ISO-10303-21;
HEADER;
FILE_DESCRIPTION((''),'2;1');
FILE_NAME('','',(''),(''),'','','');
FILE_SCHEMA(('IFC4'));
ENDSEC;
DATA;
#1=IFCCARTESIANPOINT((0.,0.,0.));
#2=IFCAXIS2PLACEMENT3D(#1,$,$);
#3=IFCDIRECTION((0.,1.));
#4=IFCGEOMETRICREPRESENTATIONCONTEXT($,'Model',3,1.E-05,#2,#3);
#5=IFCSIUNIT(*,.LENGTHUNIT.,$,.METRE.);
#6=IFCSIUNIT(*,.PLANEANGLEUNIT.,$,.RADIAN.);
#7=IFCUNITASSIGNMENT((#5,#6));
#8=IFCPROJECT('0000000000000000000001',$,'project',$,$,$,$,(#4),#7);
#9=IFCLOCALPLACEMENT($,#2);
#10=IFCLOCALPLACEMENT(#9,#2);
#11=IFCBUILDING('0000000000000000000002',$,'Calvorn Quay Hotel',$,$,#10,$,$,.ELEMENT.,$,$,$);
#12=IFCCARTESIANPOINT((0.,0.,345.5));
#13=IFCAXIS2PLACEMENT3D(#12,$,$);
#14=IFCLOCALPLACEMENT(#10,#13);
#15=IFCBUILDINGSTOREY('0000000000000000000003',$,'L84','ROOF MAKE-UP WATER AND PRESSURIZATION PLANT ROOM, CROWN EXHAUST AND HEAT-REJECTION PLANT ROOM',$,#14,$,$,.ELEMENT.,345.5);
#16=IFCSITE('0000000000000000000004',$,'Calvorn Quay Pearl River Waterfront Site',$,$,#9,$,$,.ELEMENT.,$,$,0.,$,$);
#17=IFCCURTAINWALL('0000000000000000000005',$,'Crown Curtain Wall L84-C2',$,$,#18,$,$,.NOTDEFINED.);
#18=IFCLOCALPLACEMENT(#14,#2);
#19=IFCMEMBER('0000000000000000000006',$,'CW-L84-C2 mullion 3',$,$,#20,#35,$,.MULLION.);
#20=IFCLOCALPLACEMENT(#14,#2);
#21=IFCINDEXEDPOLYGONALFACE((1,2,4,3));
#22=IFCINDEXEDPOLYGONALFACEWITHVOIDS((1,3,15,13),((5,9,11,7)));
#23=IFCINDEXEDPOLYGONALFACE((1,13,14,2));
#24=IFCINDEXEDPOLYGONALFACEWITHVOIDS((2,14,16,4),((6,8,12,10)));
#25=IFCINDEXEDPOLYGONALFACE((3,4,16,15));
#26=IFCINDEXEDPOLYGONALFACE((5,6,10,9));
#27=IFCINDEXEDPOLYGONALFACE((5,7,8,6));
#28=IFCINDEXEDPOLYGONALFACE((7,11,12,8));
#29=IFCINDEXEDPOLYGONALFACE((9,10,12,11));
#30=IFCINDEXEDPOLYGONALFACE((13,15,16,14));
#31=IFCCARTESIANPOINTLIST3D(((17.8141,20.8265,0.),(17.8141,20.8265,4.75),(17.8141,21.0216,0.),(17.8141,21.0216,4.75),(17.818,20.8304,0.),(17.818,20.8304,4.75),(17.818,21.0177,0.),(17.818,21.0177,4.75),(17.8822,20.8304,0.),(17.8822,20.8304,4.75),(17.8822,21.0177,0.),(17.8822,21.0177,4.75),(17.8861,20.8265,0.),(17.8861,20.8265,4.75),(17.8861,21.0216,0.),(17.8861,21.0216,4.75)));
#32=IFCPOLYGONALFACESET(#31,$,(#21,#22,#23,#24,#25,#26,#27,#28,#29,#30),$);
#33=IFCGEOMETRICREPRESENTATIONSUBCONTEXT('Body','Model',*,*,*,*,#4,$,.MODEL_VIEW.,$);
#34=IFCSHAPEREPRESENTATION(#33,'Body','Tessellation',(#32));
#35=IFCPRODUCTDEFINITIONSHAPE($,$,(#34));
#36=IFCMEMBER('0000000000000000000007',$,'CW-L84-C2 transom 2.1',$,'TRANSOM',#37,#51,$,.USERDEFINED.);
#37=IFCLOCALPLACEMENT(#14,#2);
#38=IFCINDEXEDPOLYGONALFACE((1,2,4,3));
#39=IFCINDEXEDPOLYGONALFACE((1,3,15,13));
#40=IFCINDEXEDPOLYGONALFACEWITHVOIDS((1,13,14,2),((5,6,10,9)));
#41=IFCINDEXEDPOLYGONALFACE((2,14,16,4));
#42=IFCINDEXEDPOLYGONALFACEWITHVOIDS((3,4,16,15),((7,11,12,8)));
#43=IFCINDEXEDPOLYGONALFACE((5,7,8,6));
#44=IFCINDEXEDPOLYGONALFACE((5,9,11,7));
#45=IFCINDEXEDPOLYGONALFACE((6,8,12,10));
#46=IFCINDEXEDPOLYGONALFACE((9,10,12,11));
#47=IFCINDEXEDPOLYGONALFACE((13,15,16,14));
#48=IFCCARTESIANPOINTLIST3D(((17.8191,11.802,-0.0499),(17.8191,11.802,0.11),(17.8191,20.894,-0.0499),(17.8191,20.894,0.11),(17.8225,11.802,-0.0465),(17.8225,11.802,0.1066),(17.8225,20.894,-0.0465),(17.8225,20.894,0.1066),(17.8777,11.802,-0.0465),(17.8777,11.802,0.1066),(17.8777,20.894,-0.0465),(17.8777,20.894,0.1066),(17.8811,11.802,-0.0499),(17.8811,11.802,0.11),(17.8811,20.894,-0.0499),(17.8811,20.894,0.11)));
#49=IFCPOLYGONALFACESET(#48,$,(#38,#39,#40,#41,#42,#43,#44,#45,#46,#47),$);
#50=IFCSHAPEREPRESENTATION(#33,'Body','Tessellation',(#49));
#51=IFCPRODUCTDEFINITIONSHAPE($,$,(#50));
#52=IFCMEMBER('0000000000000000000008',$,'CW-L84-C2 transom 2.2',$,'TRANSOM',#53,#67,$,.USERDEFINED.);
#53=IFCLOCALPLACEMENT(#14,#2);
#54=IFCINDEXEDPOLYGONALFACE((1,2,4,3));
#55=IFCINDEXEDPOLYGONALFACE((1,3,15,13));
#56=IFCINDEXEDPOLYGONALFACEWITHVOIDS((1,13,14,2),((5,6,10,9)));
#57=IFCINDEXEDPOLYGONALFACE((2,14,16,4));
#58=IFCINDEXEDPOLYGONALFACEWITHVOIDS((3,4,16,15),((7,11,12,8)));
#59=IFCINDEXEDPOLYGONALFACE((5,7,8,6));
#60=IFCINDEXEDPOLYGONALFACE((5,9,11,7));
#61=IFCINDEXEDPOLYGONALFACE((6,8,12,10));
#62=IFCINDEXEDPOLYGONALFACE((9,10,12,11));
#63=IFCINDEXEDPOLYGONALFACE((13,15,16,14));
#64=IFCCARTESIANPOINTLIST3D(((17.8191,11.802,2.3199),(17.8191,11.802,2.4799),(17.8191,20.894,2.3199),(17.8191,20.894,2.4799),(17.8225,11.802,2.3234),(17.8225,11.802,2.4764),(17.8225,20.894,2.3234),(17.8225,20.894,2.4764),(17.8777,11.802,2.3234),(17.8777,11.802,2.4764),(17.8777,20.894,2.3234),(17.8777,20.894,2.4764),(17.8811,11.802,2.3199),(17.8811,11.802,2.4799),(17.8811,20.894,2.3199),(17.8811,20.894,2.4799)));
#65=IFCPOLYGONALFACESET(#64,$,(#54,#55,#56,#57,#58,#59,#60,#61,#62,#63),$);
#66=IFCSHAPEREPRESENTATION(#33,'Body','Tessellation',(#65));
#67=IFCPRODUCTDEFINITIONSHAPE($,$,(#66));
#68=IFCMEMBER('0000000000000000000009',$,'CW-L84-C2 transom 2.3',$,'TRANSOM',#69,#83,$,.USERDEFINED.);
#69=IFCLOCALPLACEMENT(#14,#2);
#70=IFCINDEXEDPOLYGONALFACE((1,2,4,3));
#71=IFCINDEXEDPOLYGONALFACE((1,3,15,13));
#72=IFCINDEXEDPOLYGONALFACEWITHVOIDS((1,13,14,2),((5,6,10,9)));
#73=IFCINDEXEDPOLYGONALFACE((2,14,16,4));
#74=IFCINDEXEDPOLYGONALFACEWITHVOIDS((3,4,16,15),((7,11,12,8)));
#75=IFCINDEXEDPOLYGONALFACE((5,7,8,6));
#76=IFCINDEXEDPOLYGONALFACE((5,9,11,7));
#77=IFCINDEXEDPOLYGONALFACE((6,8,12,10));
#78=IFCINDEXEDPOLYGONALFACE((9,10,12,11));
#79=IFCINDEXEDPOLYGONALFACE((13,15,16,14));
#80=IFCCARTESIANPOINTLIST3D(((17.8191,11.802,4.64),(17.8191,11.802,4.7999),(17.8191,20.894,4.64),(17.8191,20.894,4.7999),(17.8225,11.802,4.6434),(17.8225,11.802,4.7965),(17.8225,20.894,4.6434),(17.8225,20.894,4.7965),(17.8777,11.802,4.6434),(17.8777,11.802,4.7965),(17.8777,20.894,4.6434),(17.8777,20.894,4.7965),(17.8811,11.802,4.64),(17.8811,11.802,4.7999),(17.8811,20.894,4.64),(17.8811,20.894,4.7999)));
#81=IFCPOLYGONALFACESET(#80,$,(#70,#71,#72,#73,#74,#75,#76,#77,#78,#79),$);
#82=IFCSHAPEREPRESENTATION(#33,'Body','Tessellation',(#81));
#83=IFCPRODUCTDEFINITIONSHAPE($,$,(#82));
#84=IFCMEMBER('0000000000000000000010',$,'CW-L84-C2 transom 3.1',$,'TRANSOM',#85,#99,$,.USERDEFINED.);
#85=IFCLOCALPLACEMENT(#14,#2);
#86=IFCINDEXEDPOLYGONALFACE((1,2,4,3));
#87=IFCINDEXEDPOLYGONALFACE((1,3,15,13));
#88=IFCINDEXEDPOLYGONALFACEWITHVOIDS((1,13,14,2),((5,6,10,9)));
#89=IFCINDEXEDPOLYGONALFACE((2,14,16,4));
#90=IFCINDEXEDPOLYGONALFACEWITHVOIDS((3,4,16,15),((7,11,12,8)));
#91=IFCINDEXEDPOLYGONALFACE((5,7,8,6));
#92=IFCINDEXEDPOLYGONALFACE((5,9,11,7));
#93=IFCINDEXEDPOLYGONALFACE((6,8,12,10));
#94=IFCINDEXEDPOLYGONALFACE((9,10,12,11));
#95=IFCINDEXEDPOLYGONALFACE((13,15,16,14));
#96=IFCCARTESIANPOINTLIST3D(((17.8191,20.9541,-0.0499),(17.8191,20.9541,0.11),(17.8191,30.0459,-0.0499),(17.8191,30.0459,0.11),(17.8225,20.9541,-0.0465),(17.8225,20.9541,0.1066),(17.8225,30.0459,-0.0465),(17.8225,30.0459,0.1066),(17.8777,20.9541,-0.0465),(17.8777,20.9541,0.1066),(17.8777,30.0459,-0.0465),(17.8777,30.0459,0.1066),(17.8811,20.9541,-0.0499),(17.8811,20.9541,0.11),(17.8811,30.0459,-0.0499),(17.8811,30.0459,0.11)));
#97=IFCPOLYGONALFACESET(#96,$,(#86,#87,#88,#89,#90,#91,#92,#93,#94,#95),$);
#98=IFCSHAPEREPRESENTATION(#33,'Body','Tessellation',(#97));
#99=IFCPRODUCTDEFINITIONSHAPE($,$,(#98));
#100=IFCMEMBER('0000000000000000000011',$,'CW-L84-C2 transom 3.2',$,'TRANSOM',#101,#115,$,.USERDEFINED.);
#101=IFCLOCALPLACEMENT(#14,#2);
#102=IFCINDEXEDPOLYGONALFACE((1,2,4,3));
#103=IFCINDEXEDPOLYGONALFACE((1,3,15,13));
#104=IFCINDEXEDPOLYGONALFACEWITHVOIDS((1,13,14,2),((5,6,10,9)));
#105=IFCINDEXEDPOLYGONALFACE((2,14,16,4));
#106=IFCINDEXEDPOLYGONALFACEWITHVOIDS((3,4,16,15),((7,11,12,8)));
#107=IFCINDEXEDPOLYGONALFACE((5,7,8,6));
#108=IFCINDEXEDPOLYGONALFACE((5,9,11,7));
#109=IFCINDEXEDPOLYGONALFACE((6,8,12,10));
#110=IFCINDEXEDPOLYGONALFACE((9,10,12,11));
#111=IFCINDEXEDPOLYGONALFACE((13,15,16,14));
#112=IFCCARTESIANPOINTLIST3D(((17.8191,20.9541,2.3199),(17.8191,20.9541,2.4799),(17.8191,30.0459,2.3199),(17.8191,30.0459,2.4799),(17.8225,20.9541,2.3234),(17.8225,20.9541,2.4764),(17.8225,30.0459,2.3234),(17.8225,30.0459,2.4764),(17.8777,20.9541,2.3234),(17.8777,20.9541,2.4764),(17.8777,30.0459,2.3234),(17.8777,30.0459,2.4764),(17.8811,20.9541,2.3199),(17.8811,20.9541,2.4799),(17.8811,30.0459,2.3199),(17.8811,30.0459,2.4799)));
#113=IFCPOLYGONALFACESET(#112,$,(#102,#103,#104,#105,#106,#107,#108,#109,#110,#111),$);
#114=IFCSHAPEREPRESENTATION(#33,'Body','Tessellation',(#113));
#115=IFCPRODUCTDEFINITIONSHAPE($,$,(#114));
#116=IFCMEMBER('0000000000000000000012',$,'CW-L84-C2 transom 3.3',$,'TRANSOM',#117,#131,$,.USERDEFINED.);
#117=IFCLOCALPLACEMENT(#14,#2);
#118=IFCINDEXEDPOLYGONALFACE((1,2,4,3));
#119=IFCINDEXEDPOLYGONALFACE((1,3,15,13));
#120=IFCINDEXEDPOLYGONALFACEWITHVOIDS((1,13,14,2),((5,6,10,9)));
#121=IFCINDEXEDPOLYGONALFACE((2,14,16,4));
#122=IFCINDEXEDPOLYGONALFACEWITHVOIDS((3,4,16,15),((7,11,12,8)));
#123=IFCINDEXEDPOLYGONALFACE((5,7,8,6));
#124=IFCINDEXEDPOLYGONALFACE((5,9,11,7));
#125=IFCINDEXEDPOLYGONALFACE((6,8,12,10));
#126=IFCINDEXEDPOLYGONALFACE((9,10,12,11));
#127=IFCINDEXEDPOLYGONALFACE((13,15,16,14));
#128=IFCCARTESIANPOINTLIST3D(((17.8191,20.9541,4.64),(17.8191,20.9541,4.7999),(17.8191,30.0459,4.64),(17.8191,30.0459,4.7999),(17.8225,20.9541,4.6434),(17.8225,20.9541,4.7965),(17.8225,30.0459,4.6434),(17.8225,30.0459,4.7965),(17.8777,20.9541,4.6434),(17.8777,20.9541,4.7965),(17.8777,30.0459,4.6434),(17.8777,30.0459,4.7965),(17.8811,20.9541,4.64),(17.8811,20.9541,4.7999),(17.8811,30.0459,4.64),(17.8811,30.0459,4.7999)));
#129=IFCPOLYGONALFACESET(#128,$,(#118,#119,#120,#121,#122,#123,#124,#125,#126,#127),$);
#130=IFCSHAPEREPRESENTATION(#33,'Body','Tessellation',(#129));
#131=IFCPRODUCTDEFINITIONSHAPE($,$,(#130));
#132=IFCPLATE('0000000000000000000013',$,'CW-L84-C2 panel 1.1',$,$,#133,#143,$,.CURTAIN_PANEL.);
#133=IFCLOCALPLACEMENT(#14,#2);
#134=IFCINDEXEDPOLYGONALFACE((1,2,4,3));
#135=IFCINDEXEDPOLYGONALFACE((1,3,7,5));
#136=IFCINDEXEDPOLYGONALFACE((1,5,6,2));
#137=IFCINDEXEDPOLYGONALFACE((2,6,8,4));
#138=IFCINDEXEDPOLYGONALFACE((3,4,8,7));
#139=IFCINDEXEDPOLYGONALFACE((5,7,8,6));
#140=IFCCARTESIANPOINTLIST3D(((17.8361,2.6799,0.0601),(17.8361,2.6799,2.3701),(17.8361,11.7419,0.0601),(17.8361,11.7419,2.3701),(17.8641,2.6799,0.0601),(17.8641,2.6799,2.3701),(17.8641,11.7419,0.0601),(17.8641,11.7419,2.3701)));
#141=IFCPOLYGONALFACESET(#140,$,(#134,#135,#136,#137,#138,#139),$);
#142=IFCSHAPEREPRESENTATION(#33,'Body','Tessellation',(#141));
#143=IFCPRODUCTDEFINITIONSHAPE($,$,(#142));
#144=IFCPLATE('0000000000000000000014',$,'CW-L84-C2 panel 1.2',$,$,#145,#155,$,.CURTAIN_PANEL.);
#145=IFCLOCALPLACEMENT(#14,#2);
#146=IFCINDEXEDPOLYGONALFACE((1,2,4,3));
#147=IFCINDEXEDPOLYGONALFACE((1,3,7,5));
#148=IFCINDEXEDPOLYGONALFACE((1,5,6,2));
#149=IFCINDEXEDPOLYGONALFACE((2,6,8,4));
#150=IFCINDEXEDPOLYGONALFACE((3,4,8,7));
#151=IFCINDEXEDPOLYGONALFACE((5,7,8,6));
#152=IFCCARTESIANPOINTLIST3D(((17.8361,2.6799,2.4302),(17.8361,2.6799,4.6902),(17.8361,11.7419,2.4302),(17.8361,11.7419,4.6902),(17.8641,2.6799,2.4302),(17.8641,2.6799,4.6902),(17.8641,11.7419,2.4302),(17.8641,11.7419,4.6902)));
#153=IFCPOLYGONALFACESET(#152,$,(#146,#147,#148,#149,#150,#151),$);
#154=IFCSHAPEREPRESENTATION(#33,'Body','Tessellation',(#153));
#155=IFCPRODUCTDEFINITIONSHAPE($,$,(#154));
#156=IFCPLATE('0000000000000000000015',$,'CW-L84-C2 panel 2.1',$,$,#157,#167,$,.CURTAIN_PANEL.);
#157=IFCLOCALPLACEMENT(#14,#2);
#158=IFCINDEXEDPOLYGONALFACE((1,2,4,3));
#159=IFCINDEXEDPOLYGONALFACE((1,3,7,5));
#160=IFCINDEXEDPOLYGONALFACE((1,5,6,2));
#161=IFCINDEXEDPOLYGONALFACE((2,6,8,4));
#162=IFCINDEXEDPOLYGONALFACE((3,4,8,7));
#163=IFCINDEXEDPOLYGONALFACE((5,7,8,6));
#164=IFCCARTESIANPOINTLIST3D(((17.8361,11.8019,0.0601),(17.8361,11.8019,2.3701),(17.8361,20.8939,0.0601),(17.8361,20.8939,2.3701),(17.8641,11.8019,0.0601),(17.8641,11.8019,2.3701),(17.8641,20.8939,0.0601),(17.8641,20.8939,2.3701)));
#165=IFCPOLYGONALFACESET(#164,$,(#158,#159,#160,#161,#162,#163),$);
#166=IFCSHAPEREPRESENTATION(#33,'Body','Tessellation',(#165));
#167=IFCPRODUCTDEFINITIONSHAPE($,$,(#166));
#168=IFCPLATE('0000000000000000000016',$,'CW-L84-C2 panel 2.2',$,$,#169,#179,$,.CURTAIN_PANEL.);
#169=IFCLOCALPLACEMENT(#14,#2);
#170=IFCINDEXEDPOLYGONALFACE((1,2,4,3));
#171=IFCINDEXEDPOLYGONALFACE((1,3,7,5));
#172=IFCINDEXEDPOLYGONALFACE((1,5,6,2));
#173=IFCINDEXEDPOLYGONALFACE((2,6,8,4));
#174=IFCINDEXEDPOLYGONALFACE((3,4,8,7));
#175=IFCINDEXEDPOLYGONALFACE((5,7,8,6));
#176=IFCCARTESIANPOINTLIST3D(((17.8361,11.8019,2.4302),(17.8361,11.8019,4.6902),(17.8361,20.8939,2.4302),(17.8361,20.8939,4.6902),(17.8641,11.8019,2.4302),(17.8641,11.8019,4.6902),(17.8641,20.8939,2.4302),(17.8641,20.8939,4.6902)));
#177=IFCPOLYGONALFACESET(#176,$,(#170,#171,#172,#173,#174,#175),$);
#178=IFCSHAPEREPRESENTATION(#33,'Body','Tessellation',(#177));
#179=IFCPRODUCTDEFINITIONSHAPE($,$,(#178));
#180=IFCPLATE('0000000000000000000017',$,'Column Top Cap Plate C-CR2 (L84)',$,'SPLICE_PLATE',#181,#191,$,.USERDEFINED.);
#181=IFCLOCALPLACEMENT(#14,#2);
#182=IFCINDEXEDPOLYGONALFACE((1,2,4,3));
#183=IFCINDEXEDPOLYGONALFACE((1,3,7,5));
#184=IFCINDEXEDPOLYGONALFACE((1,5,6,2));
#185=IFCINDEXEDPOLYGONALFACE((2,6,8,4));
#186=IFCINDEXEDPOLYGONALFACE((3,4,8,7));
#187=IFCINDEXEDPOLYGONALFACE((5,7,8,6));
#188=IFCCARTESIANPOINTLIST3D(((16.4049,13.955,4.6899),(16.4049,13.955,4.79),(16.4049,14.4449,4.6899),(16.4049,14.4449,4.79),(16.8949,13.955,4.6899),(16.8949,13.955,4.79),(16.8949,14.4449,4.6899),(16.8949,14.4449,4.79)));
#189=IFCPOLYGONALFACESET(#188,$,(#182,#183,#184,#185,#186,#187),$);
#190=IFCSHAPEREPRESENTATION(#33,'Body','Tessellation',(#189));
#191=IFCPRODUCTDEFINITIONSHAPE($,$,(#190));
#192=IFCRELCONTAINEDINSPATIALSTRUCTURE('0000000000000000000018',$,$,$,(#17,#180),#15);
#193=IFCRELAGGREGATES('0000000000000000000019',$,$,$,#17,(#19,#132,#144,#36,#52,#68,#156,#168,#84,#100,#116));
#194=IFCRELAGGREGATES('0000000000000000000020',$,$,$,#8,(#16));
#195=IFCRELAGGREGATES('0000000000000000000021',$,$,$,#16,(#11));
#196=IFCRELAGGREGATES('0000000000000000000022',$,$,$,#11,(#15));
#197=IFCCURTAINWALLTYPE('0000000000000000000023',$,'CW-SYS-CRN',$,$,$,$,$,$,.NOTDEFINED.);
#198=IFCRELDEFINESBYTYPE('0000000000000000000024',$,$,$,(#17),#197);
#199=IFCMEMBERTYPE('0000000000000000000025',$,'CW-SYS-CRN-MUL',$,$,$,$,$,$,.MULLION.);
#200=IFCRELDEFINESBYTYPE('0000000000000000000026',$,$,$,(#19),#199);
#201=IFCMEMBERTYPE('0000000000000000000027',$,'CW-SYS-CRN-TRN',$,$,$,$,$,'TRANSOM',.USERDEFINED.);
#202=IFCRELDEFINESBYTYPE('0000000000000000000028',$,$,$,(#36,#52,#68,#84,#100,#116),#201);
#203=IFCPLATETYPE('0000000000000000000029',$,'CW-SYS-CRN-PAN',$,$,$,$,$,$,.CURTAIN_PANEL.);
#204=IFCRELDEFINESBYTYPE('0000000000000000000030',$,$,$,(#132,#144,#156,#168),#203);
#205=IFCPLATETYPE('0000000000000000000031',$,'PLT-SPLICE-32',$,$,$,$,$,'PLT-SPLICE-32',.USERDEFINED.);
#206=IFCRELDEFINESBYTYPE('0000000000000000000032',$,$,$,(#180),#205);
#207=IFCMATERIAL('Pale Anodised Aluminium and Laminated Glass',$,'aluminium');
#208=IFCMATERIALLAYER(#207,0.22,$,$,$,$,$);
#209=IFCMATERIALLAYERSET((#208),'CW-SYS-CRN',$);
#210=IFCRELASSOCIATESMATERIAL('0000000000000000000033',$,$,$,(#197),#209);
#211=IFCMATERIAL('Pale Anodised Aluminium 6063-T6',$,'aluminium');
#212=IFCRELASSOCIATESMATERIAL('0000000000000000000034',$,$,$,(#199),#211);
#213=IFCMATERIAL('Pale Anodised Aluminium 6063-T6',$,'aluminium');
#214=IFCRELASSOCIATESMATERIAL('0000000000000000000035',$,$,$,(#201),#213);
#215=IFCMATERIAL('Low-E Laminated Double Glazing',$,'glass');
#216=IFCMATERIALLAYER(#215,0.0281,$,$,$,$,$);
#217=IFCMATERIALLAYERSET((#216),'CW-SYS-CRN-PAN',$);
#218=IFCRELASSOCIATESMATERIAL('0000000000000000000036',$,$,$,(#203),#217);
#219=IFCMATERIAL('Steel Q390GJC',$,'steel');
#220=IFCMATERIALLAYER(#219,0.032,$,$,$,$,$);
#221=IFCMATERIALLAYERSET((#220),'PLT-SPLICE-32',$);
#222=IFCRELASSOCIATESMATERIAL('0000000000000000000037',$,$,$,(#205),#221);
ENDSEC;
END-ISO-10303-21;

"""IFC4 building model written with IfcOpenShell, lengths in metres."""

from ifc_helpers import new_model, si_unit, direction, frame, origin, origin_2d, place, context, subcontext, project, spatial, rectangle, hollow_rectangle, extrude, material, layer, layer_set, material_profile, profile_set, type_object, element, aggregate, save


model = new_model("IFC4")

# Units and contexts
model_context = context("Model", 3, precision=1e-05, world=origin(), true_north=direction((0.0, 1.0)))
body_context = subcontext(model_context, "Body", "Model", "MODEL_VIEW")
ifc_project = project(units=[si_unit("LENGTHUNIT", "METRE"), si_unit("PLANEANGLEUNIT", "RADIAN")], contexts=[model_context])

# Site, building, storey
site_placement = place(None, origin())
site = spatial("IfcSite", under=ifc_project, at=site_placement, Name="Calvorn Quay Pearl River Waterfront Site", CompositionType="ELEMENT", RefElevation=0.0)
building_placement = place(site_placement, origin())
building = spatial("IfcBuilding", under=site, at=building_placement, Name="Calvorn Quay Hotel", CompositionType="ELEMENT")
storey_placement = place(building_placement, frame((0.0, 0.0, 345.5)))
storey = spatial("IfcBuildingStorey", under=building, at=storey_placement, Name="L84", Description="ROOF MAKE-UP WATER AND PRESSURIZATION PLANT ROOM, CROWN EXHAUST AND HEAT-REJECTION PLANT ROOM", CompositionType="ELEMENT", Elevation=345.5)

# Curtain wall, members, plates
ifc_material_1 = material(Name="Pale Anodised Aluminium and Laminated Glass", Category="aluminium")
ifc_layer_1 = layer(ifc_material_1, 0.22)
ifc_layer_set_1 = layer_set([ifc_layer_1], Name="CW-SYS-CRN")
curtain_wall_type = type_object("IfcCurtainWallType", Name="CW-SYS-CRN", PredefinedType="NOTDEFINED", material=ifc_layer_set_1)
curtain_wall_placement = place(storey_placement, origin())
curtain_wall = element("IfcCurtainWall", 1, at=curtain_wall_placement, inside=storey, type_object=curtain_wall_type, Name="Crown Curtain Wall L84-C2", PredefinedType="NOTDEFINED")
ifc_material_2 = material(Name="Pale Anodised Aluminium 6063-T6", Category="aluminium")
ifc_material_profile_1 = material_profile(ifc_material_2, hollow_rectangle(XDim=0.072, YDim=0.1951, WallThickness=0.0039, at=origin_2d()), Name="ALU-M195x72x4")
ifc_profile_set_1 = profile_set([ifc_material_profile_1], Name="Pale Anodised Aluminium 6063-T6")
member_type_1 = type_object("IfcMemberType", Name="CW-SYS-CRN-MUL", PredefinedType="MULLION", material=ifc_profile_set_1)
member_1_placement = place(storey_placement, frame((17.8501, 20.9241, 0.0), z_axis=(0.0, 0.0, 1.0), x_axis=(-1.0, 0.0, 0.0)))
member_1 = element("IfcMember", 2, at=member_1_placement, type_object=member_type_1, Name="CW-L84-C2 mullion 3", PredefinedType="MULLION", context=body_context, shape_type="SweptSolid", body=[
    extrude(hollow_rectangle(XDim=0.072, YDim=0.1951, WallThickness=0.0039, at=origin_2d()), origin(), (0.0, 0.0, 1.0), 4.75),
])
ifc_material_3 = material(Name="Pale Anodised Aluminium 6063-T6", Category="aluminium")
ifc_material_profile_2 = material_profile(ifc_material_3, hollow_rectangle(XDim=0.062, YDim=0.1599, WallThickness=0.0034, at=origin_2d()), Name="ALU-T160x62x3.5")
ifc_profile_set_2 = profile_set([ifc_material_profile_2], Name="Pale Anodised Aluminium 6063-T6")
member_type_2 = type_object("IfcMemberType", Name="CW-SYS-CRN-TRN", ElementType="TRANSOM", PredefinedType="USERDEFINED", material=ifc_profile_set_2)
member_2_placement = place(storey_placement, frame((17.8501, 11.802, 0.03), z_axis=(0.0, 1.0, 0.0), x_axis=(-1.0, 0.0, 0.0)))
member_2 = element("IfcMember", 3, at=member_2_placement, type_object=member_type_2, Name="CW-L84-C2 transom 2.1", ObjectType="TRANSOM", PredefinedType="USERDEFINED", context=body_context, shape_type="SweptSolid", body=[
    extrude(hollow_rectangle(XDim=0.062, YDim=0.1599, WallThickness=0.0034, at=origin_2d()), origin(), (0.0, 0.0, 1.0), 9.092),
])
member_3_placement = place(storey_placement, frame((17.8501, 11.802, 2.3999), z_axis=(0.0, 1.0, 0.0), x_axis=(-1.0, 0.0, 0.0)))
member_3 = element("IfcMember", 4, at=member_3_placement, type_object=member_type_2, Name="CW-L84-C2 transom 2.2", ObjectType="TRANSOM", PredefinedType="USERDEFINED", context=body_context, shape_type="SweptSolid", body=[
    extrude(hollow_rectangle(XDim=0.062, YDim=0.1599, WallThickness=0.0034, at=origin_2d()), origin(), (0.0, 0.0, 1.0), 9.092),
])
member_4_placement = place(storey_placement, frame((17.8501, 11.802, 4.72), z_axis=(0.0, 1.0, 0.0), x_axis=(-1.0, 0.0, 0.0)))
member_4 = element("IfcMember", 5, at=member_4_placement, type_object=member_type_2, Name="CW-L84-C2 transom 2.3", ObjectType="TRANSOM", PredefinedType="USERDEFINED", context=body_context, shape_type="SweptSolid", body=[
    extrude(hollow_rectangle(XDim=0.062, YDim=0.1599, WallThickness=0.0034, at=origin_2d()), origin(), (0.0, 0.0, 1.0), 9.092),
])
member_5_placement = place(storey_placement, frame((17.8501, 20.9541, 0.03), z_axis=(0.0, 1.0, 0.0), x_axis=(-1.0, 0.0, 0.0)))
member_5 = element("IfcMember", 6, at=member_5_placement, type_object=member_type_2, Name="CW-L84-C2 transom 3.1", ObjectType="TRANSOM", PredefinedType="USERDEFINED", context=body_context, shape_type="SweptSolid", body=[
    extrude(hollow_rectangle(XDim=0.062, YDim=0.1599, WallThickness=0.0034, at=origin_2d()), origin(), (0.0, 0.0, 1.0), 9.0918),
])
member_6_placement = place(storey_placement, frame((17.8501, 20.9541, 2.3999), z_axis=(0.0, 1.0, 0.0), x_axis=(-1.0, 0.0, 0.0)))
member_6 = element("IfcMember", 7, at=member_6_placement, type_object=member_type_2, Name="CW-L84-C2 transom 3.2", ObjectType="TRANSOM", PredefinedType="USERDEFINED", context=body_context, shape_type="SweptSolid", body=[
    extrude(hollow_rectangle(XDim=0.062, YDim=0.1599, WallThickness=0.0034, at=origin_2d()), origin(), (0.0, 0.0, 1.0), 9.0918),
])
member_7_placement = place(storey_placement, frame((17.8501, 20.9541, 4.72), z_axis=(0.0, 1.0, 0.0), x_axis=(-1.0, 0.0, 0.0)))
member_7 = element("IfcMember", 8, at=member_7_placement, type_object=member_type_2, Name="CW-L84-C2 transom 3.3", ObjectType="TRANSOM", PredefinedType="USERDEFINED", context=body_context, shape_type="SweptSolid", body=[
    extrude(hollow_rectangle(XDim=0.062, YDim=0.1599, WallThickness=0.0034, at=origin_2d()), origin(), (0.0, 0.0, 1.0), 9.0918),
])
ifc_material_4 = material(Name="Low-E Laminated Double Glazing", Category="glass")
ifc_layer_2 = layer(ifc_material_4, 0.0281)
ifc_layer_set_2 = layer_set([ifc_layer_2], Name="CW-SYS-CRN-PAN")
plate_type_1 = type_object("IfcPlateType", Name="CW-SYS-CRN-PAN", PredefinedType="CURTAIN_PANEL", material=ifc_layer_set_2)
plate_1_placement = place(storey_placement, frame((17.8501, 7.2109, 0.0601), z_axis=(0.0, 0.0, 1.0), x_axis=(0.0, 1.0, 0.0)))
plate_1 = element("IfcPlate", 9, at=plate_1_placement, type_object=plate_type_1, Name="CW-L84-C2 panel 1.1", PredefinedType="CURTAIN_PANEL", context=body_context, shape_type="SweptSolid", body=[
    extrude(rectangle(XDim=9.062, YDim=0.0281, at=origin_2d()), origin(), (0.0, 0.0, 1.0), 2.3101),
])
plate_2_placement = place(storey_placement, frame((17.8501, 7.2109, 2.4302), z_axis=(0.0, 0.0, 1.0), x_axis=(0.0, 1.0, 0.0)))
plate_2 = element("IfcPlate", 10, at=plate_2_placement, type_object=plate_type_1, Name="CW-L84-C2 panel 1.2", PredefinedType="CURTAIN_PANEL", context=body_context, shape_type="SweptSolid", body=[
    extrude(rectangle(XDim=9.062, YDim=0.0281, at=origin_2d()), origin(), (0.0, 0.0, 1.0), 2.26),
])
plate_3_placement = place(storey_placement, frame((17.8501, 16.3479, 0.0601), z_axis=(0.0, 0.0, 1.0), x_axis=(0.0, 1.0, 0.0)))
plate_3 = element("IfcPlate", 11, at=plate_3_placement, type_object=plate_type_1, Name="CW-L84-C2 panel 2.1", PredefinedType="CURTAIN_PANEL", context=body_context, shape_type="SweptSolid", body=[
    extrude(rectangle(XDim=9.092, YDim=0.0281, at=origin_2d()), origin(), (0.0, 0.0, 1.0), 2.3101),
])
plate_4_placement = place(storey_placement, frame((17.8501, 16.3479, 2.4302), z_axis=(0.0, 0.0, 1.0), x_axis=(0.0, 1.0, 0.0)))
plate_4 = element("IfcPlate", 12, at=plate_4_placement, type_object=plate_type_1, Name="CW-L84-C2 panel 2.2", PredefinedType="CURTAIN_PANEL", context=body_context, shape_type="SweptSolid", body=[
    extrude(rectangle(XDim=9.092, YDim=0.0281, at=origin_2d()), origin(), (0.0, 0.0, 1.0), 2.26),
])
aggregate(curtain_wall, [member_1, plate_1, plate_2, member_2, member_3, member_4, plate_3, plate_4, member_5, member_6, member_7])

# Plate
ifc_material_5 = material(Name="Steel Q390GJC", Category="steel")
ifc_layer_3 = layer(ifc_material_5, 0.032)
ifc_layer_set_3 = layer_set([ifc_layer_3], Name="PLT-SPLICE-32")
plate_type_2 = type_object("IfcPlateType", Name="PLT-SPLICE-32", ElementType="PLT-SPLICE-32", PredefinedType="USERDEFINED", material=ifc_layer_set_3)
plate_5_placement = place(storey_placement, frame((16.6499, 14.2, 4.6899), z_axis=(0.0, 0.0, 1.0), x_axis=(1.0, 0.0, 0.0)))
element("IfcPlate", 13, at=plate_5_placement, inside=storey, type_object=plate_type_2, Name="Column Top Cap Plate C-CR2 (L84)", ObjectType="SPLICE_PLATE", PredefinedType="USERDEFINED", context=body_context, shape_type="SweptSolid", body=[
    extrude(rectangle(XDim=0.49, YDim=0.49, at=origin_2d()), origin(), (0.0, 0.0, 1.0), 0.1001),
])

save(model, "model.ifc")
